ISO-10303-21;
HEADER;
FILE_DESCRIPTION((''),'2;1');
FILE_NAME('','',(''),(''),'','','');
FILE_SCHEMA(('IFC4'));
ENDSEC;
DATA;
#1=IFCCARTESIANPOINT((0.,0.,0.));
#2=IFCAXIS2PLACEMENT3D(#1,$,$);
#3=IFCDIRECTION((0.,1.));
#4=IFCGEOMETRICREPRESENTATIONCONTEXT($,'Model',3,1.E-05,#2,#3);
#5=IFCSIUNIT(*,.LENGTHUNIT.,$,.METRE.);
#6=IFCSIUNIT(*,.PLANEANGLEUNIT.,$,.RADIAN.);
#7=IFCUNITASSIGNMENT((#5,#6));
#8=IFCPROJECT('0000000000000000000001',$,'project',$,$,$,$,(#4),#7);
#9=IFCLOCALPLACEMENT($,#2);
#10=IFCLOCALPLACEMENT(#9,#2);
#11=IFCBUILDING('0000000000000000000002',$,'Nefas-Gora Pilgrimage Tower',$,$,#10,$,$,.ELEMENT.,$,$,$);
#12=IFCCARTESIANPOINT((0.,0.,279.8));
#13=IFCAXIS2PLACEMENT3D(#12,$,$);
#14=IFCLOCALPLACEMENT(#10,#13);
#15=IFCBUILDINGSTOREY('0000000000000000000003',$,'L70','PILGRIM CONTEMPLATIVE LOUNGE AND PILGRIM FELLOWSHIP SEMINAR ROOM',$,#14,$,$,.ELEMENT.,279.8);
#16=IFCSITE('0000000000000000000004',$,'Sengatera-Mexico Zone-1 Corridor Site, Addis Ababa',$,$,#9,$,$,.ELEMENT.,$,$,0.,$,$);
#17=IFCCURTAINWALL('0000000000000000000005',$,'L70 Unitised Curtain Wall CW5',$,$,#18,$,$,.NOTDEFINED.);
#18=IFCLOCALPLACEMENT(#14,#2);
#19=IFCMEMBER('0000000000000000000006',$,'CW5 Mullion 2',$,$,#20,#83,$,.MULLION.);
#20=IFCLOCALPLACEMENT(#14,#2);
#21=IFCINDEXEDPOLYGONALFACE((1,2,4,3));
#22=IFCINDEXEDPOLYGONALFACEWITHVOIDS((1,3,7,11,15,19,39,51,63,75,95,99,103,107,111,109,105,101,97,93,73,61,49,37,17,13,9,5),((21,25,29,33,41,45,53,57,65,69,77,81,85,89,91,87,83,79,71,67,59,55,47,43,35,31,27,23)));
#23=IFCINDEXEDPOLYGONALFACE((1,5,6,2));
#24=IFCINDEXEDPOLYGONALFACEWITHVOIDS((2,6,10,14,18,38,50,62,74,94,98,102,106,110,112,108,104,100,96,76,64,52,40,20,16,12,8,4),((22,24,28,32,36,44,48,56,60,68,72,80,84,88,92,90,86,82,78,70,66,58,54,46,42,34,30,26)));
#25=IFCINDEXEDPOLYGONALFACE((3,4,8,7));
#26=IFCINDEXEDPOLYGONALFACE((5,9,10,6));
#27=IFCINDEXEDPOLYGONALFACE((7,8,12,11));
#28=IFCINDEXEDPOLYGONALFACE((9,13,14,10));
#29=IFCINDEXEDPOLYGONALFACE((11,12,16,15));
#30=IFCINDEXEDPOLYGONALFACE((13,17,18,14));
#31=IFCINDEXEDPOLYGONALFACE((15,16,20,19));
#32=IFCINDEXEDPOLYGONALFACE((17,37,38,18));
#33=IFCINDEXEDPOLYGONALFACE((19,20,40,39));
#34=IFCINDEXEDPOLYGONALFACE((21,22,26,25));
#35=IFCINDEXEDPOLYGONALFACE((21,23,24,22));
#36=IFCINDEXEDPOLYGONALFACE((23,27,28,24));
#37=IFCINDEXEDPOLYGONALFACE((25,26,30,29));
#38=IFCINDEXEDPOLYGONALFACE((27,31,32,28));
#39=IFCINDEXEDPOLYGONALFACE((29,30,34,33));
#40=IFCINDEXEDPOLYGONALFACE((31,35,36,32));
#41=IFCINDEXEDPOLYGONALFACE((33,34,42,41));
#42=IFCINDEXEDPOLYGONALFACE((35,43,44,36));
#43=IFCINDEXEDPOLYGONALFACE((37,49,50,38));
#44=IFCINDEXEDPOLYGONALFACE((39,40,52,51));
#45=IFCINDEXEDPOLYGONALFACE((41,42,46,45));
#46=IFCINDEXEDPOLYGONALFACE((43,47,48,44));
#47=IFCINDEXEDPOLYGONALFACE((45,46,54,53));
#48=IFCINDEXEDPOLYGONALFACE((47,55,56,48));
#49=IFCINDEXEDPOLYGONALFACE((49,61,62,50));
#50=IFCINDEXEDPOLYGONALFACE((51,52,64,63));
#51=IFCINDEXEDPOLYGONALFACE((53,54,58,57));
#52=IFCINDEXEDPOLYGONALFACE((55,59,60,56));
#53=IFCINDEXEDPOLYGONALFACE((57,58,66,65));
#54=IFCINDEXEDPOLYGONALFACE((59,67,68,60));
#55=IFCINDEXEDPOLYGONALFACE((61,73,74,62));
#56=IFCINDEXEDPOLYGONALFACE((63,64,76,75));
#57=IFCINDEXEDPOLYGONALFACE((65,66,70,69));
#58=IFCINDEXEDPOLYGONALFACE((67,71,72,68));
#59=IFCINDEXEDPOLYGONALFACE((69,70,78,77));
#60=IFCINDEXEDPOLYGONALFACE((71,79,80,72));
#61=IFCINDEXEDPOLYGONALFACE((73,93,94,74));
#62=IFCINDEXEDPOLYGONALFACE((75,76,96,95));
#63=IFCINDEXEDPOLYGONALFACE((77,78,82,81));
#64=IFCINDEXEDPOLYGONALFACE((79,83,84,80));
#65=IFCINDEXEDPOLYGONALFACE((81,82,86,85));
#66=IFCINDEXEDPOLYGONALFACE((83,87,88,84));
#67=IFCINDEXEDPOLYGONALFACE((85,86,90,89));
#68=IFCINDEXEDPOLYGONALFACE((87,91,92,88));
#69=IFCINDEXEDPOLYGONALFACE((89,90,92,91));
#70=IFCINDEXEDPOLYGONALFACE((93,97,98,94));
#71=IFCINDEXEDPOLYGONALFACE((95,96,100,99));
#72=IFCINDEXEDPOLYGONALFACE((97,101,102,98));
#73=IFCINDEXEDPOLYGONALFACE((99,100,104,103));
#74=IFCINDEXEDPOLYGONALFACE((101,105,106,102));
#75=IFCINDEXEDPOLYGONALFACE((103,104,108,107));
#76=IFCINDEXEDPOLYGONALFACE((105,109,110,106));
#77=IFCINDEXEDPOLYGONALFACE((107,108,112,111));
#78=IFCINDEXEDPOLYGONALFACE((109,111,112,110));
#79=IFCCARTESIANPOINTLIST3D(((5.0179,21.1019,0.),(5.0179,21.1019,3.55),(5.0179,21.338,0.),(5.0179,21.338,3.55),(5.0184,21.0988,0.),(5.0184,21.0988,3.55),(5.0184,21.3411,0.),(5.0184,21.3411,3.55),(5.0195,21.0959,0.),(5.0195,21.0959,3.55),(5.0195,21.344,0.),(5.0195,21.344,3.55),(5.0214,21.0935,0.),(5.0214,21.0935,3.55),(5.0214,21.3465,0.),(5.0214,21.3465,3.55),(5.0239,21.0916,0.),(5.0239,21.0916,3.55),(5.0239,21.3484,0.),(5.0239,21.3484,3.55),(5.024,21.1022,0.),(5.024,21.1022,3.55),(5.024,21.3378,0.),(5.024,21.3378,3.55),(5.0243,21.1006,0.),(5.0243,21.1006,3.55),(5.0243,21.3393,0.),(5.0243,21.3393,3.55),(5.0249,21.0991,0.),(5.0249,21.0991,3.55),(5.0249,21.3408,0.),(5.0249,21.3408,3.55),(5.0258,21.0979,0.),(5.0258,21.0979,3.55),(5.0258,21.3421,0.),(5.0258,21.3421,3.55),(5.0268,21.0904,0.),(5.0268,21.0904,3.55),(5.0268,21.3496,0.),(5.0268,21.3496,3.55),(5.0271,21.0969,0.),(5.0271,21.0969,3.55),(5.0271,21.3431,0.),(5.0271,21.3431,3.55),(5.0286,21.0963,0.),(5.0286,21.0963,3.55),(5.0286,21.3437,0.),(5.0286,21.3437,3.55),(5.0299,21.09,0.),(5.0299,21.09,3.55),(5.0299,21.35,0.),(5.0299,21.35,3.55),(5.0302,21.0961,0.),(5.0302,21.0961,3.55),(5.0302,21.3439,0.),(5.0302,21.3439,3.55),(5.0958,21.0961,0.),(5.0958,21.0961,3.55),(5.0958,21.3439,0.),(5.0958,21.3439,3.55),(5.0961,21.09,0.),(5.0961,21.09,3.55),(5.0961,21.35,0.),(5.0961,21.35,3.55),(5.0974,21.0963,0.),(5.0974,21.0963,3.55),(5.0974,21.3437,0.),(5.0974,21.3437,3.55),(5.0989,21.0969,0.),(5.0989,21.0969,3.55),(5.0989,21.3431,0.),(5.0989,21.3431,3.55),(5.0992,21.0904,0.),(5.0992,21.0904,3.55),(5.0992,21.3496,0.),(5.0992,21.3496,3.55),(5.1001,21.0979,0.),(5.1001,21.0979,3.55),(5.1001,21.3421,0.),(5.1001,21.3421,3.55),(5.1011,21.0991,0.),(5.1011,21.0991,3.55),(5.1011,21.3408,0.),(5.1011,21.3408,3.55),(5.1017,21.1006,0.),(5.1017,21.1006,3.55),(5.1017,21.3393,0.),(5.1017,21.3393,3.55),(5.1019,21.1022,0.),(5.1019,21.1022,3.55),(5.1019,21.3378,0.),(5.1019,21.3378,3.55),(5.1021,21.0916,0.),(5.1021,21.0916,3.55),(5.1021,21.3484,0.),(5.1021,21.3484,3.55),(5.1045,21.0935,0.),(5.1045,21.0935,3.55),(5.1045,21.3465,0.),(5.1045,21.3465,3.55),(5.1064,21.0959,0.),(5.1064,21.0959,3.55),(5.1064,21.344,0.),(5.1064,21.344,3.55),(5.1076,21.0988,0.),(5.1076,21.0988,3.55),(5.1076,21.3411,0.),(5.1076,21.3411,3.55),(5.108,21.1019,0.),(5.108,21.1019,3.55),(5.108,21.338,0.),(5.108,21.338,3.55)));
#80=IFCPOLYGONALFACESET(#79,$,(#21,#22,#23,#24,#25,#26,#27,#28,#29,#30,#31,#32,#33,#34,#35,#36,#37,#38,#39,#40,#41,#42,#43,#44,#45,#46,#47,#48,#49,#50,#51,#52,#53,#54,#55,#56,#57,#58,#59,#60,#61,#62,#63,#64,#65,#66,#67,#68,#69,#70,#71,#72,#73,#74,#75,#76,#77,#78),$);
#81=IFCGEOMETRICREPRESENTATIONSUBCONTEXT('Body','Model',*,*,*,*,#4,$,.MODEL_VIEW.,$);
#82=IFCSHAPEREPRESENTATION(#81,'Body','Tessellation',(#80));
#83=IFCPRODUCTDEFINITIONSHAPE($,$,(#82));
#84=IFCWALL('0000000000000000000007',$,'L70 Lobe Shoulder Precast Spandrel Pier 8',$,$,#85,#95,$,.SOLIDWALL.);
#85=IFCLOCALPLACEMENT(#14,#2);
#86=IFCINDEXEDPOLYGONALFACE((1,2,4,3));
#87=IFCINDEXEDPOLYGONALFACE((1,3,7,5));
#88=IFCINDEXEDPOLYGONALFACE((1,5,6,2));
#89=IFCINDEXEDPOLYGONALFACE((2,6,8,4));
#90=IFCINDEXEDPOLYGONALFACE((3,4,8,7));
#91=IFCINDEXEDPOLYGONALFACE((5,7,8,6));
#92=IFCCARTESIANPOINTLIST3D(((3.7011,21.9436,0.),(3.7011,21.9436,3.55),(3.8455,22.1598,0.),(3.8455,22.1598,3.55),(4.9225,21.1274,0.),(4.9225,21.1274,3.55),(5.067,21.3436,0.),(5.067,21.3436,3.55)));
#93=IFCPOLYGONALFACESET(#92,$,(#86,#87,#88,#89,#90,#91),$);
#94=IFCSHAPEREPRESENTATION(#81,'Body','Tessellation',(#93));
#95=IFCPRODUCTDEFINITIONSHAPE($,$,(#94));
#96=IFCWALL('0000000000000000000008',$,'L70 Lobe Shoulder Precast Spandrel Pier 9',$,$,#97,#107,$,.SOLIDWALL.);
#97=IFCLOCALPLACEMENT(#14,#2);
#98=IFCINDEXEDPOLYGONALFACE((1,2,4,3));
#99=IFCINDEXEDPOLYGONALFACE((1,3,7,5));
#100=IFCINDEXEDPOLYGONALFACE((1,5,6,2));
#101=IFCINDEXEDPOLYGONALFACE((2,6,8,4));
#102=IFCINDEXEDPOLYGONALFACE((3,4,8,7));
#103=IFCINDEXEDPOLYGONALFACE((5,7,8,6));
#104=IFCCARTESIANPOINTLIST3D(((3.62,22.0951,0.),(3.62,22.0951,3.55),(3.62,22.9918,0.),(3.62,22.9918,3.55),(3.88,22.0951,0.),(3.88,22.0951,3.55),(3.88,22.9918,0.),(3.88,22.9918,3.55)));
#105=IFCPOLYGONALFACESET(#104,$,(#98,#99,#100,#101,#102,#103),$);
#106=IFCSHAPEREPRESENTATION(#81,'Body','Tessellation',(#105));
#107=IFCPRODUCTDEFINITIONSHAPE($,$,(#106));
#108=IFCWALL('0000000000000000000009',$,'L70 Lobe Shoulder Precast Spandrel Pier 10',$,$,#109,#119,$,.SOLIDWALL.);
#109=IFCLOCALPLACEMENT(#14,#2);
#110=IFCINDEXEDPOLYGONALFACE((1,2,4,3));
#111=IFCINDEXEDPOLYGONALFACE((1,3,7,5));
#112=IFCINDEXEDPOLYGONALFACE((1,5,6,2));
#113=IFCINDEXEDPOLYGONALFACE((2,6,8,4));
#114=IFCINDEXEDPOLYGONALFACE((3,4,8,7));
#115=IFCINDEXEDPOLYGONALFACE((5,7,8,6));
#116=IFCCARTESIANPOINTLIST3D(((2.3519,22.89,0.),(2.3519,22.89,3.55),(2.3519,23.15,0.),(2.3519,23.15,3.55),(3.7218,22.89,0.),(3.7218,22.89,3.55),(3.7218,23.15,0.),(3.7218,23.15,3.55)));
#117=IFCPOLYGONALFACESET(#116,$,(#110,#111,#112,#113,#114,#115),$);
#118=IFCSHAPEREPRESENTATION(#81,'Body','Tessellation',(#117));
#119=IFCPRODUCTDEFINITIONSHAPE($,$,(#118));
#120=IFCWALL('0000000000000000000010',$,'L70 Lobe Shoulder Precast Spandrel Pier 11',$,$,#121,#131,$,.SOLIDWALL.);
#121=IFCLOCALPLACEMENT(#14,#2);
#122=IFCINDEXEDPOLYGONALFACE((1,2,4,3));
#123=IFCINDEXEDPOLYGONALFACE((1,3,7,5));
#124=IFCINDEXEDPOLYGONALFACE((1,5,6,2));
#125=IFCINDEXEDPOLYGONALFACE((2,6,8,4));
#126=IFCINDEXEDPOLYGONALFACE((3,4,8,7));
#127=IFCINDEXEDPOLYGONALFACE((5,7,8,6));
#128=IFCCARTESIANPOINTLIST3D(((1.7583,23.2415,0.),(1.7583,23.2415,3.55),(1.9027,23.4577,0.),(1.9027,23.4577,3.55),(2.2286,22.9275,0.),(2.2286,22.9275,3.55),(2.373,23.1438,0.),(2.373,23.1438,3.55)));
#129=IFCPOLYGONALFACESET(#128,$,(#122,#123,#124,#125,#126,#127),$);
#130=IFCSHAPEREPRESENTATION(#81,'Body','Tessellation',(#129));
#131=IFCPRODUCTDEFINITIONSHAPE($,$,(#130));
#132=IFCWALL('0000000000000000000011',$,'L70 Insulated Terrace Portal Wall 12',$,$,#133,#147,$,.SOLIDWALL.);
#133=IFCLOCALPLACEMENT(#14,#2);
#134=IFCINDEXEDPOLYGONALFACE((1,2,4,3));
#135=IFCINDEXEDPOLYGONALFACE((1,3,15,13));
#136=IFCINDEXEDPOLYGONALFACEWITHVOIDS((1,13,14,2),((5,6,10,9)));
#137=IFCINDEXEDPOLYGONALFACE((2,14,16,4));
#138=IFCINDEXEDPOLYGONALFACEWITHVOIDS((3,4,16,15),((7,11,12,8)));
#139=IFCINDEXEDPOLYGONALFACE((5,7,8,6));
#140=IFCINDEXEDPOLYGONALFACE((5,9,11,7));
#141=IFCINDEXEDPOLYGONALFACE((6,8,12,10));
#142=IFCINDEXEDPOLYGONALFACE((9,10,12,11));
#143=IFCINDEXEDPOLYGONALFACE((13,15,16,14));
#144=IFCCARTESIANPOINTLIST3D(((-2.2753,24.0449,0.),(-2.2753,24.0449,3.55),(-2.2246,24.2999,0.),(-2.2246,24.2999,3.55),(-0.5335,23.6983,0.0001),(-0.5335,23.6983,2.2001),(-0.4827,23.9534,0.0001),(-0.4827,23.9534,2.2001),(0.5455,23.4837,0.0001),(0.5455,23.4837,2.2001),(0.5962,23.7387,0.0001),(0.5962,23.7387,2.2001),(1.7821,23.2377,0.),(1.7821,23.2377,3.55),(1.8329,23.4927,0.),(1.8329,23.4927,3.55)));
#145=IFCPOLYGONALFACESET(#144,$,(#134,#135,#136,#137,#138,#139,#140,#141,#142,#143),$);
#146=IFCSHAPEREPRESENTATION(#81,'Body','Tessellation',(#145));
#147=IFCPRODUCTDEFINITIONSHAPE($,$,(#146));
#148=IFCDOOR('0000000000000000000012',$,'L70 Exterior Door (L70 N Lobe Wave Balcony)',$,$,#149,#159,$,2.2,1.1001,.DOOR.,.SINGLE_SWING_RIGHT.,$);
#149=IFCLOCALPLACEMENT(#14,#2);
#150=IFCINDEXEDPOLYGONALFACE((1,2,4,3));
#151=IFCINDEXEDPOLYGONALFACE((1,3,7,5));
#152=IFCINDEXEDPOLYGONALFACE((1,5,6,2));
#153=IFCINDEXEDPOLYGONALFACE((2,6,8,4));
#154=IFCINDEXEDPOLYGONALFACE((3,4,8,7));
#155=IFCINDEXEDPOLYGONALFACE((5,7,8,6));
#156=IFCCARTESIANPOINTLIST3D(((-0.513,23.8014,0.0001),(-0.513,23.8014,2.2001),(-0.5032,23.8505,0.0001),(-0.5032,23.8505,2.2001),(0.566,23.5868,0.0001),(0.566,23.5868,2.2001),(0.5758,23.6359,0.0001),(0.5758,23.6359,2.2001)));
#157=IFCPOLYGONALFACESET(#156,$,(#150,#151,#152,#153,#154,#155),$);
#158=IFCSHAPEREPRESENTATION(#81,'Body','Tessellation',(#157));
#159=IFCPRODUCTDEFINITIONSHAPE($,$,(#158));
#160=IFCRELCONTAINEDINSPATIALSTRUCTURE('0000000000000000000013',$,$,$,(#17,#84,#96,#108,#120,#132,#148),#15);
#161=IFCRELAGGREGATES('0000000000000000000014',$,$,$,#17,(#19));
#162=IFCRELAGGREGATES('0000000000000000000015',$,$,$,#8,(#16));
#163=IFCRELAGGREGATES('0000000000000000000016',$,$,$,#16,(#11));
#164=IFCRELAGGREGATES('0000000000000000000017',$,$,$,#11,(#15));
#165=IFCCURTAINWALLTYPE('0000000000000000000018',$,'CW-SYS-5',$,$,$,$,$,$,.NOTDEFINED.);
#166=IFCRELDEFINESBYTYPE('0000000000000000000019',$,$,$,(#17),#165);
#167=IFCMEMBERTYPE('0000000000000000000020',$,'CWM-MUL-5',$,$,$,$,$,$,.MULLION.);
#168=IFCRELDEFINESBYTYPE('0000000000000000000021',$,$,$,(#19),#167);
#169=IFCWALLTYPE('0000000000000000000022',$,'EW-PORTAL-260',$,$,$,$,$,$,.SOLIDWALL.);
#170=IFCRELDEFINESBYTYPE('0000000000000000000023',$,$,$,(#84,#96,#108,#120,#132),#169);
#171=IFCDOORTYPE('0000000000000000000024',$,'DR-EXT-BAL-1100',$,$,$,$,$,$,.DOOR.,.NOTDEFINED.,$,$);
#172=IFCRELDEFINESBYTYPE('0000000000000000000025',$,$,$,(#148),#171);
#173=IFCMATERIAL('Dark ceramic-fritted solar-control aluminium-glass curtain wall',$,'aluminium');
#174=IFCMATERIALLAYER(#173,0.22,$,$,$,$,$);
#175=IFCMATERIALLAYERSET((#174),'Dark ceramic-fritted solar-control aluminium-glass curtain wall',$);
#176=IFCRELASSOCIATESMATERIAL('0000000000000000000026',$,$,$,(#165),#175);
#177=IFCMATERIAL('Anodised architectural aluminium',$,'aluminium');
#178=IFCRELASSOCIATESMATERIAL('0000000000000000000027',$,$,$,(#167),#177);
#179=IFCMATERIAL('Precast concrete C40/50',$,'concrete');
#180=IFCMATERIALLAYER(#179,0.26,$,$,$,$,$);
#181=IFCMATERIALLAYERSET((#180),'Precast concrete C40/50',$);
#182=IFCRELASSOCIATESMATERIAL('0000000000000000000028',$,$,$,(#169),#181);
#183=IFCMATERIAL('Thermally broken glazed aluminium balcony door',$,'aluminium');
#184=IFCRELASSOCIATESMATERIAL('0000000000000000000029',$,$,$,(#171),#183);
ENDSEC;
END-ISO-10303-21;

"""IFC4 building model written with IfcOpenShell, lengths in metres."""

from ifc_helpers import new_model, si_unit, direction, frame, frame_2d, origin, origin_2d, place, context, subcontext, project, spatial, rectangle, hollow_rectangle, extrude, source, transform, mapped, material, layer, layer_set, material_profile, profile_set, type_object, element, fill, aggregate, save


model = new_model("IFC4")

# Units and contexts
model_context = context("Model", 3, precision=1e-05, world=origin(), true_north=direction((0.0, 1.0)))
body_context = subcontext(model_context, "Body", "Model", "MODEL_VIEW")
ifc_project = project(units=[si_unit("LENGTHUNIT", "METRE"), si_unit("PLANEANGLEUNIT", "RADIAN")], contexts=[model_context])

# Site, building, storey
site_placement = place(None, origin())
site = spatial("IfcSite", under=ifc_project, at=site_placement, Name="Sengatera-Mexico Zone-1 Corridor Site, Addis Ababa", CompositionType="ELEMENT", RefElevation=0.0)
building_placement = place(site_placement, origin())
building = spatial("IfcBuilding", under=site, at=building_placement, Name="Nefas-Gora Pilgrimage Tower", CompositionType="ELEMENT")
storey_placement = place(building_placement, frame((0.0, 0.0, 279.8)))
storey = spatial("IfcBuildingStorey", under=building, at=storey_placement, Name="L70", Description="PILGRIM CONTEMPLATIVE LOUNGE AND PILGRIM FELLOWSHIP SEMINAR ROOM", CompositionType="ELEMENT", Elevation=279.8)

# Curtain wall, member
ifc_material_1 = material(Name="Dark ceramic-fritted solar-control aluminium-glass curtain wall", Category="aluminium")
ifc_layer_1 = layer(ifc_material_1, 0.22)
ifc_layer_set_1 = layer_set([ifc_layer_1], Name="Dark ceramic-fritted solar-control aluminium-glass curtain wall")
curtain_wall_type = type_object("IfcCurtainWallType", Name="CW-SYS-5", PredefinedType="NOTDEFINED", material=ifc_layer_set_1)
curtain_wall_placement = place(storey_placement, origin())
curtain_wall = element("IfcCurtainWall", 1, at=curtain_wall_placement, inside=storey, type_object=curtain_wall_type, Name="L70 Unitised Curtain Wall CW5", PredefinedType="NOTDEFINED")
ifc_material_2 = material(Name="Anodised architectural aluminium", Category="aluminium")
ifc_material_profile_1 = material_profile(ifc_material_2, hollow_rectangle(XDim=0.0901, YDim=0.26, WallThickness=0.0061, InnerFilletRadius=0.0061, OuterFilletRadius=0.012, at=origin_2d()), Name="ALU MULLION 90x260")
ifc_profile_set_1 = profile_set([ifc_material_profile_1], Name="Anodised architectural aluminium")
member_type = type_object("IfcMemberType", Name="CWM-MUL-5", PredefinedType="MULLION", material=ifc_profile_set_1)
shared_shape_1 = source(origin(), body_context, "Body", "SweptSolid", [
    extrude(hollow_rectangle(XDim=0.0901, YDim=0.26, WallThickness=0.0061, InnerFilletRadius=0.0061, OuterFilletRadius=0.012, at=origin_2d()), origin(), (0.0, 0.0, 1.0), 3.55),
])
member_placement = place(storey_placement, frame((5.063, 21.22, 0.0), z_axis=(0.0, 0.0, 1.0), x_axis=(-1.0, 0.0, 0.0)))
member = element("IfcMember", 2, at=member_placement, type_object=member_type, Name="CW5 Mullion 2", PredefinedType="MULLION", context=body_context, shape_type="MappedRepresentation", body=[
    mapped(shared_shape_1, transform((0.0, 0.0, 0.0), x_axis=(1.0, 0.0, 0.0), y_axis=(0.0, 1.0, 0.0), z_axis=(0.0, 0.0, 1.0), scale=1.0)),
])
aggregate(curtain_wall, [member])

# Walls
ifc_material_3 = material(Name="Precast concrete C40/50", Category="concrete")
ifc_layer_2 = layer(ifc_material_3, 0.26)
ifc_layer_set_2 = layer_set([ifc_layer_2], Name="Precast concrete C40/50")
wall_type_1 = type_object("IfcWallType", Name="EW-PORTAL-260", PredefinedType="SOLIDWALL", material=ifc_layer_set_2)
shared_shape_2 = source(origin(), body_context, "Body", "SweptSolid", [
    extrude(rectangle(XDim=1.469, YDim=0.26, at=frame_2d((0.7344, 0.0))), origin(), (0.0, 0.0, 1.0), 3.55),
])
wall_1_placement = place(storey_placement, frame((4.9946, 21.2356, 0.0), z_axis=(0.0, 0.0, 1.0), x_axis=(-0.831462, 0.555582, 0.0)))
element("IfcWall", 3, at=wall_1_placement, inside=storey, type_object=wall_type_1, Name="L70 Lobe Shoulder Precast Spandrel Pier 8", PredefinedType="SOLIDWALL", context=body_context, shape_type="MappedRepresentation", body=[
    mapped(shared_shape_2, transform((0.0, 0.0, 0.0), x_axis=(1.0, 0.0, 0.0), y_axis=(0.0, 1.0, 0.0), z_axis=(0.0, 0.0, 1.0), scale=1.0)),
])
shared_shape_3 = source(origin(), body_context, "Body", "SweptSolid", [
    extrude(rectangle(XDim=0.8967, YDim=0.26, at=frame_2d((0.4482, 0.0))), origin(), (0.0, 0.0, 1.0), 3.55),
])
wall_2_placement = place(storey_placement, frame((3.75, 22.0952, 0.0), z_axis=(0.0, 0.0, 1.0), x_axis=(0.0, 1.0, 0.0)))
element("IfcWall", 4, at=wall_2_placement, inside=storey, type_object=wall_type_1, Name="L70 Lobe Shoulder Precast Spandrel Pier 9", PredefinedType="SOLIDWALL", context=body_context, shape_type="MappedRepresentation", body=[
    mapped(shared_shape_3, transform((0.0, 0.0, 0.0), x_axis=(1.0, 0.0, 0.0), y_axis=(0.0, 1.0, 0.0), z_axis=(0.0, 0.0, 1.0), scale=1.0)),
])
shared_shape_4 = source(origin(), body_context, "Body", "SweptSolid", [
    extrude(rectangle(XDim=1.3699, YDim=0.26, at=frame_2d((0.6851, 0.0))), origin(), (0.0, 0.0, 1.0), 3.55),
])
wall_3_placement = place(storey_placement, frame((3.7219, 23.02, 0.0), z_axis=(0.0, 0.0, 1.0), x_axis=(-1.0, 0.0, 0.0)))
element("IfcWall", 5, at=wall_3_placement, inside=storey, type_object=wall_type_1, Name="L70 Lobe Shoulder Precast Spandrel Pier 10", PredefinedType="SOLIDWALL", context=body_context, shape_type="MappedRepresentation", body=[
    mapped(shared_shape_4, transform((0.0, 0.0, 0.0), x_axis=(1.0, 0.0, 0.0), y_axis=(0.0, 1.0, 0.0), z_axis=(0.0, 0.0, 1.0), scale=1.0)),
])
shared_shape_5 = source(origin(), body_context, "Body", "SweptSolid", [
    extrude(rectangle(XDim=0.5654, YDim=0.26, at=frame_2d((0.2827, 0.0))), origin(), (0.0, 0.0, 1.0), 3.55),
])
wall_4_placement = place(storey_placement, frame((2.3008, 23.0356, 0.0), z_axis=(0.0, 0.0, 1.0), x_axis=(-0.831651, 0.555298, 0.0)))
element("IfcWall", 6, at=wall_4_placement, inside=storey, type_object=wall_type_1, Name="L70 Lobe Shoulder Precast Spandrel Pier 11", PredefinedType="SOLIDWALL", context=body_context, shape_type="MappedRepresentation", body=[
    mapped(shared_shape_5, transform((0.0, 0.0, 0.0), x_axis=(1.0, 0.0, 0.0), y_axis=(0.0, 1.0, 0.0), z_axis=(0.0, 0.0, 1.0), scale=1.0)),
])

# Wall, opening, door
shared_shape_6 = source(origin(), body_context, "Body", "SweptSolid", [
    extrude(rectangle(XDim=4.137, YDim=0.26, at=frame_2d((2.0684, 0.0))), origin(), (0.0, 0.0, 1.0), 3.55),
])
wall_5_placement = place(storey_placement, frame((1.8074, 23.3652, 0.0), z_axis=(0.0, 0.0, 1.0), x_axis=(-0.980782, 0.195106, 0.0)))
wall_5 = element("IfcWall", 7, at=wall_5_placement, inside=storey, type_object=wall_type_1, Name="L70 Insulated Terrace Portal Wall 12", PredefinedType="SOLIDWALL", context=body_context, shape_type="MappedRepresentation", body=[
    mapped(shared_shape_6, transform((0.0, 0.0, 0.0), x_axis=(1.0, 0.0, 0.0), y_axis=(0.0, 1.0, 0.0), z_axis=(0.0, 0.0, 1.0), scale=1.0)),
])
opening_1_placement = place(wall_5_placement, frame((1.2607, 0.0, 0.0)))
opening_1 = element("IfcOpeningElement", 8, at=opening_1_placement, cuts=wall_5, PredefinedType="OPENING", context=body_context, shape_type="SweptSolid", body=[
    extrude(rectangle(XDim=1.1001, YDim=2.2, at=frame_2d((0.55, 1.1001))), frame((0.0, 0.1399, 0.0), z_axis=(0.0, -1.0, 0.0), x_axis=(1.0, 0.0, 0.0)), (0.0, 0.0, 1.0), 0.28),
])
ifc_material_4 = material(Name="Thermally broken glazed aluminium balcony door", Category="aluminium")
door_type_1 = type_object("IfcDoorType", Name="DR-EXT-BAL-1100", OperationType="NOTDEFINED", PredefinedType="DOOR", material=ifc_material_4)
shared_shape_7 = source(origin(), body_context, "Body", "SweptSolid", [
    extrude(rectangle(XDim=1.1001, YDim=2.2, at=frame_2d((0.55, 1.1001))), frame((0.0, 0.0249, 0.0), z_axis=(0.0, -1.0, 0.0), x_axis=(1.0, 0.0, 0.0)), (0.0, 0.0, 1.0), 0.05),
])
door_1_placement = place(opening_1_placement, origin())
door_1 = element("IfcDoor", 9, at=door_1_placement, inside=storey, type_object=door_type_1, Name="L70 Exterior Door (L70 N Lobe Wave Balcony)", OperationType="SINGLE_SWING_RIGHT", OverallHeight=2.2, OverallWidth=1.1001, PredefinedType="DOOR", context=body_context, shape_type="MappedRepresentation", body=[
    mapped(shared_shape_7, transform((0.0, 0.0, 0.0), x_axis=(1.0, 0.0, 0.0), y_axis=(0.0, 1.0, 0.0), z_axis=(0.0, 0.0, 1.0), scale=1.0)),
])
fill(opening_1, door_1)

save(model, "model.ifc")
